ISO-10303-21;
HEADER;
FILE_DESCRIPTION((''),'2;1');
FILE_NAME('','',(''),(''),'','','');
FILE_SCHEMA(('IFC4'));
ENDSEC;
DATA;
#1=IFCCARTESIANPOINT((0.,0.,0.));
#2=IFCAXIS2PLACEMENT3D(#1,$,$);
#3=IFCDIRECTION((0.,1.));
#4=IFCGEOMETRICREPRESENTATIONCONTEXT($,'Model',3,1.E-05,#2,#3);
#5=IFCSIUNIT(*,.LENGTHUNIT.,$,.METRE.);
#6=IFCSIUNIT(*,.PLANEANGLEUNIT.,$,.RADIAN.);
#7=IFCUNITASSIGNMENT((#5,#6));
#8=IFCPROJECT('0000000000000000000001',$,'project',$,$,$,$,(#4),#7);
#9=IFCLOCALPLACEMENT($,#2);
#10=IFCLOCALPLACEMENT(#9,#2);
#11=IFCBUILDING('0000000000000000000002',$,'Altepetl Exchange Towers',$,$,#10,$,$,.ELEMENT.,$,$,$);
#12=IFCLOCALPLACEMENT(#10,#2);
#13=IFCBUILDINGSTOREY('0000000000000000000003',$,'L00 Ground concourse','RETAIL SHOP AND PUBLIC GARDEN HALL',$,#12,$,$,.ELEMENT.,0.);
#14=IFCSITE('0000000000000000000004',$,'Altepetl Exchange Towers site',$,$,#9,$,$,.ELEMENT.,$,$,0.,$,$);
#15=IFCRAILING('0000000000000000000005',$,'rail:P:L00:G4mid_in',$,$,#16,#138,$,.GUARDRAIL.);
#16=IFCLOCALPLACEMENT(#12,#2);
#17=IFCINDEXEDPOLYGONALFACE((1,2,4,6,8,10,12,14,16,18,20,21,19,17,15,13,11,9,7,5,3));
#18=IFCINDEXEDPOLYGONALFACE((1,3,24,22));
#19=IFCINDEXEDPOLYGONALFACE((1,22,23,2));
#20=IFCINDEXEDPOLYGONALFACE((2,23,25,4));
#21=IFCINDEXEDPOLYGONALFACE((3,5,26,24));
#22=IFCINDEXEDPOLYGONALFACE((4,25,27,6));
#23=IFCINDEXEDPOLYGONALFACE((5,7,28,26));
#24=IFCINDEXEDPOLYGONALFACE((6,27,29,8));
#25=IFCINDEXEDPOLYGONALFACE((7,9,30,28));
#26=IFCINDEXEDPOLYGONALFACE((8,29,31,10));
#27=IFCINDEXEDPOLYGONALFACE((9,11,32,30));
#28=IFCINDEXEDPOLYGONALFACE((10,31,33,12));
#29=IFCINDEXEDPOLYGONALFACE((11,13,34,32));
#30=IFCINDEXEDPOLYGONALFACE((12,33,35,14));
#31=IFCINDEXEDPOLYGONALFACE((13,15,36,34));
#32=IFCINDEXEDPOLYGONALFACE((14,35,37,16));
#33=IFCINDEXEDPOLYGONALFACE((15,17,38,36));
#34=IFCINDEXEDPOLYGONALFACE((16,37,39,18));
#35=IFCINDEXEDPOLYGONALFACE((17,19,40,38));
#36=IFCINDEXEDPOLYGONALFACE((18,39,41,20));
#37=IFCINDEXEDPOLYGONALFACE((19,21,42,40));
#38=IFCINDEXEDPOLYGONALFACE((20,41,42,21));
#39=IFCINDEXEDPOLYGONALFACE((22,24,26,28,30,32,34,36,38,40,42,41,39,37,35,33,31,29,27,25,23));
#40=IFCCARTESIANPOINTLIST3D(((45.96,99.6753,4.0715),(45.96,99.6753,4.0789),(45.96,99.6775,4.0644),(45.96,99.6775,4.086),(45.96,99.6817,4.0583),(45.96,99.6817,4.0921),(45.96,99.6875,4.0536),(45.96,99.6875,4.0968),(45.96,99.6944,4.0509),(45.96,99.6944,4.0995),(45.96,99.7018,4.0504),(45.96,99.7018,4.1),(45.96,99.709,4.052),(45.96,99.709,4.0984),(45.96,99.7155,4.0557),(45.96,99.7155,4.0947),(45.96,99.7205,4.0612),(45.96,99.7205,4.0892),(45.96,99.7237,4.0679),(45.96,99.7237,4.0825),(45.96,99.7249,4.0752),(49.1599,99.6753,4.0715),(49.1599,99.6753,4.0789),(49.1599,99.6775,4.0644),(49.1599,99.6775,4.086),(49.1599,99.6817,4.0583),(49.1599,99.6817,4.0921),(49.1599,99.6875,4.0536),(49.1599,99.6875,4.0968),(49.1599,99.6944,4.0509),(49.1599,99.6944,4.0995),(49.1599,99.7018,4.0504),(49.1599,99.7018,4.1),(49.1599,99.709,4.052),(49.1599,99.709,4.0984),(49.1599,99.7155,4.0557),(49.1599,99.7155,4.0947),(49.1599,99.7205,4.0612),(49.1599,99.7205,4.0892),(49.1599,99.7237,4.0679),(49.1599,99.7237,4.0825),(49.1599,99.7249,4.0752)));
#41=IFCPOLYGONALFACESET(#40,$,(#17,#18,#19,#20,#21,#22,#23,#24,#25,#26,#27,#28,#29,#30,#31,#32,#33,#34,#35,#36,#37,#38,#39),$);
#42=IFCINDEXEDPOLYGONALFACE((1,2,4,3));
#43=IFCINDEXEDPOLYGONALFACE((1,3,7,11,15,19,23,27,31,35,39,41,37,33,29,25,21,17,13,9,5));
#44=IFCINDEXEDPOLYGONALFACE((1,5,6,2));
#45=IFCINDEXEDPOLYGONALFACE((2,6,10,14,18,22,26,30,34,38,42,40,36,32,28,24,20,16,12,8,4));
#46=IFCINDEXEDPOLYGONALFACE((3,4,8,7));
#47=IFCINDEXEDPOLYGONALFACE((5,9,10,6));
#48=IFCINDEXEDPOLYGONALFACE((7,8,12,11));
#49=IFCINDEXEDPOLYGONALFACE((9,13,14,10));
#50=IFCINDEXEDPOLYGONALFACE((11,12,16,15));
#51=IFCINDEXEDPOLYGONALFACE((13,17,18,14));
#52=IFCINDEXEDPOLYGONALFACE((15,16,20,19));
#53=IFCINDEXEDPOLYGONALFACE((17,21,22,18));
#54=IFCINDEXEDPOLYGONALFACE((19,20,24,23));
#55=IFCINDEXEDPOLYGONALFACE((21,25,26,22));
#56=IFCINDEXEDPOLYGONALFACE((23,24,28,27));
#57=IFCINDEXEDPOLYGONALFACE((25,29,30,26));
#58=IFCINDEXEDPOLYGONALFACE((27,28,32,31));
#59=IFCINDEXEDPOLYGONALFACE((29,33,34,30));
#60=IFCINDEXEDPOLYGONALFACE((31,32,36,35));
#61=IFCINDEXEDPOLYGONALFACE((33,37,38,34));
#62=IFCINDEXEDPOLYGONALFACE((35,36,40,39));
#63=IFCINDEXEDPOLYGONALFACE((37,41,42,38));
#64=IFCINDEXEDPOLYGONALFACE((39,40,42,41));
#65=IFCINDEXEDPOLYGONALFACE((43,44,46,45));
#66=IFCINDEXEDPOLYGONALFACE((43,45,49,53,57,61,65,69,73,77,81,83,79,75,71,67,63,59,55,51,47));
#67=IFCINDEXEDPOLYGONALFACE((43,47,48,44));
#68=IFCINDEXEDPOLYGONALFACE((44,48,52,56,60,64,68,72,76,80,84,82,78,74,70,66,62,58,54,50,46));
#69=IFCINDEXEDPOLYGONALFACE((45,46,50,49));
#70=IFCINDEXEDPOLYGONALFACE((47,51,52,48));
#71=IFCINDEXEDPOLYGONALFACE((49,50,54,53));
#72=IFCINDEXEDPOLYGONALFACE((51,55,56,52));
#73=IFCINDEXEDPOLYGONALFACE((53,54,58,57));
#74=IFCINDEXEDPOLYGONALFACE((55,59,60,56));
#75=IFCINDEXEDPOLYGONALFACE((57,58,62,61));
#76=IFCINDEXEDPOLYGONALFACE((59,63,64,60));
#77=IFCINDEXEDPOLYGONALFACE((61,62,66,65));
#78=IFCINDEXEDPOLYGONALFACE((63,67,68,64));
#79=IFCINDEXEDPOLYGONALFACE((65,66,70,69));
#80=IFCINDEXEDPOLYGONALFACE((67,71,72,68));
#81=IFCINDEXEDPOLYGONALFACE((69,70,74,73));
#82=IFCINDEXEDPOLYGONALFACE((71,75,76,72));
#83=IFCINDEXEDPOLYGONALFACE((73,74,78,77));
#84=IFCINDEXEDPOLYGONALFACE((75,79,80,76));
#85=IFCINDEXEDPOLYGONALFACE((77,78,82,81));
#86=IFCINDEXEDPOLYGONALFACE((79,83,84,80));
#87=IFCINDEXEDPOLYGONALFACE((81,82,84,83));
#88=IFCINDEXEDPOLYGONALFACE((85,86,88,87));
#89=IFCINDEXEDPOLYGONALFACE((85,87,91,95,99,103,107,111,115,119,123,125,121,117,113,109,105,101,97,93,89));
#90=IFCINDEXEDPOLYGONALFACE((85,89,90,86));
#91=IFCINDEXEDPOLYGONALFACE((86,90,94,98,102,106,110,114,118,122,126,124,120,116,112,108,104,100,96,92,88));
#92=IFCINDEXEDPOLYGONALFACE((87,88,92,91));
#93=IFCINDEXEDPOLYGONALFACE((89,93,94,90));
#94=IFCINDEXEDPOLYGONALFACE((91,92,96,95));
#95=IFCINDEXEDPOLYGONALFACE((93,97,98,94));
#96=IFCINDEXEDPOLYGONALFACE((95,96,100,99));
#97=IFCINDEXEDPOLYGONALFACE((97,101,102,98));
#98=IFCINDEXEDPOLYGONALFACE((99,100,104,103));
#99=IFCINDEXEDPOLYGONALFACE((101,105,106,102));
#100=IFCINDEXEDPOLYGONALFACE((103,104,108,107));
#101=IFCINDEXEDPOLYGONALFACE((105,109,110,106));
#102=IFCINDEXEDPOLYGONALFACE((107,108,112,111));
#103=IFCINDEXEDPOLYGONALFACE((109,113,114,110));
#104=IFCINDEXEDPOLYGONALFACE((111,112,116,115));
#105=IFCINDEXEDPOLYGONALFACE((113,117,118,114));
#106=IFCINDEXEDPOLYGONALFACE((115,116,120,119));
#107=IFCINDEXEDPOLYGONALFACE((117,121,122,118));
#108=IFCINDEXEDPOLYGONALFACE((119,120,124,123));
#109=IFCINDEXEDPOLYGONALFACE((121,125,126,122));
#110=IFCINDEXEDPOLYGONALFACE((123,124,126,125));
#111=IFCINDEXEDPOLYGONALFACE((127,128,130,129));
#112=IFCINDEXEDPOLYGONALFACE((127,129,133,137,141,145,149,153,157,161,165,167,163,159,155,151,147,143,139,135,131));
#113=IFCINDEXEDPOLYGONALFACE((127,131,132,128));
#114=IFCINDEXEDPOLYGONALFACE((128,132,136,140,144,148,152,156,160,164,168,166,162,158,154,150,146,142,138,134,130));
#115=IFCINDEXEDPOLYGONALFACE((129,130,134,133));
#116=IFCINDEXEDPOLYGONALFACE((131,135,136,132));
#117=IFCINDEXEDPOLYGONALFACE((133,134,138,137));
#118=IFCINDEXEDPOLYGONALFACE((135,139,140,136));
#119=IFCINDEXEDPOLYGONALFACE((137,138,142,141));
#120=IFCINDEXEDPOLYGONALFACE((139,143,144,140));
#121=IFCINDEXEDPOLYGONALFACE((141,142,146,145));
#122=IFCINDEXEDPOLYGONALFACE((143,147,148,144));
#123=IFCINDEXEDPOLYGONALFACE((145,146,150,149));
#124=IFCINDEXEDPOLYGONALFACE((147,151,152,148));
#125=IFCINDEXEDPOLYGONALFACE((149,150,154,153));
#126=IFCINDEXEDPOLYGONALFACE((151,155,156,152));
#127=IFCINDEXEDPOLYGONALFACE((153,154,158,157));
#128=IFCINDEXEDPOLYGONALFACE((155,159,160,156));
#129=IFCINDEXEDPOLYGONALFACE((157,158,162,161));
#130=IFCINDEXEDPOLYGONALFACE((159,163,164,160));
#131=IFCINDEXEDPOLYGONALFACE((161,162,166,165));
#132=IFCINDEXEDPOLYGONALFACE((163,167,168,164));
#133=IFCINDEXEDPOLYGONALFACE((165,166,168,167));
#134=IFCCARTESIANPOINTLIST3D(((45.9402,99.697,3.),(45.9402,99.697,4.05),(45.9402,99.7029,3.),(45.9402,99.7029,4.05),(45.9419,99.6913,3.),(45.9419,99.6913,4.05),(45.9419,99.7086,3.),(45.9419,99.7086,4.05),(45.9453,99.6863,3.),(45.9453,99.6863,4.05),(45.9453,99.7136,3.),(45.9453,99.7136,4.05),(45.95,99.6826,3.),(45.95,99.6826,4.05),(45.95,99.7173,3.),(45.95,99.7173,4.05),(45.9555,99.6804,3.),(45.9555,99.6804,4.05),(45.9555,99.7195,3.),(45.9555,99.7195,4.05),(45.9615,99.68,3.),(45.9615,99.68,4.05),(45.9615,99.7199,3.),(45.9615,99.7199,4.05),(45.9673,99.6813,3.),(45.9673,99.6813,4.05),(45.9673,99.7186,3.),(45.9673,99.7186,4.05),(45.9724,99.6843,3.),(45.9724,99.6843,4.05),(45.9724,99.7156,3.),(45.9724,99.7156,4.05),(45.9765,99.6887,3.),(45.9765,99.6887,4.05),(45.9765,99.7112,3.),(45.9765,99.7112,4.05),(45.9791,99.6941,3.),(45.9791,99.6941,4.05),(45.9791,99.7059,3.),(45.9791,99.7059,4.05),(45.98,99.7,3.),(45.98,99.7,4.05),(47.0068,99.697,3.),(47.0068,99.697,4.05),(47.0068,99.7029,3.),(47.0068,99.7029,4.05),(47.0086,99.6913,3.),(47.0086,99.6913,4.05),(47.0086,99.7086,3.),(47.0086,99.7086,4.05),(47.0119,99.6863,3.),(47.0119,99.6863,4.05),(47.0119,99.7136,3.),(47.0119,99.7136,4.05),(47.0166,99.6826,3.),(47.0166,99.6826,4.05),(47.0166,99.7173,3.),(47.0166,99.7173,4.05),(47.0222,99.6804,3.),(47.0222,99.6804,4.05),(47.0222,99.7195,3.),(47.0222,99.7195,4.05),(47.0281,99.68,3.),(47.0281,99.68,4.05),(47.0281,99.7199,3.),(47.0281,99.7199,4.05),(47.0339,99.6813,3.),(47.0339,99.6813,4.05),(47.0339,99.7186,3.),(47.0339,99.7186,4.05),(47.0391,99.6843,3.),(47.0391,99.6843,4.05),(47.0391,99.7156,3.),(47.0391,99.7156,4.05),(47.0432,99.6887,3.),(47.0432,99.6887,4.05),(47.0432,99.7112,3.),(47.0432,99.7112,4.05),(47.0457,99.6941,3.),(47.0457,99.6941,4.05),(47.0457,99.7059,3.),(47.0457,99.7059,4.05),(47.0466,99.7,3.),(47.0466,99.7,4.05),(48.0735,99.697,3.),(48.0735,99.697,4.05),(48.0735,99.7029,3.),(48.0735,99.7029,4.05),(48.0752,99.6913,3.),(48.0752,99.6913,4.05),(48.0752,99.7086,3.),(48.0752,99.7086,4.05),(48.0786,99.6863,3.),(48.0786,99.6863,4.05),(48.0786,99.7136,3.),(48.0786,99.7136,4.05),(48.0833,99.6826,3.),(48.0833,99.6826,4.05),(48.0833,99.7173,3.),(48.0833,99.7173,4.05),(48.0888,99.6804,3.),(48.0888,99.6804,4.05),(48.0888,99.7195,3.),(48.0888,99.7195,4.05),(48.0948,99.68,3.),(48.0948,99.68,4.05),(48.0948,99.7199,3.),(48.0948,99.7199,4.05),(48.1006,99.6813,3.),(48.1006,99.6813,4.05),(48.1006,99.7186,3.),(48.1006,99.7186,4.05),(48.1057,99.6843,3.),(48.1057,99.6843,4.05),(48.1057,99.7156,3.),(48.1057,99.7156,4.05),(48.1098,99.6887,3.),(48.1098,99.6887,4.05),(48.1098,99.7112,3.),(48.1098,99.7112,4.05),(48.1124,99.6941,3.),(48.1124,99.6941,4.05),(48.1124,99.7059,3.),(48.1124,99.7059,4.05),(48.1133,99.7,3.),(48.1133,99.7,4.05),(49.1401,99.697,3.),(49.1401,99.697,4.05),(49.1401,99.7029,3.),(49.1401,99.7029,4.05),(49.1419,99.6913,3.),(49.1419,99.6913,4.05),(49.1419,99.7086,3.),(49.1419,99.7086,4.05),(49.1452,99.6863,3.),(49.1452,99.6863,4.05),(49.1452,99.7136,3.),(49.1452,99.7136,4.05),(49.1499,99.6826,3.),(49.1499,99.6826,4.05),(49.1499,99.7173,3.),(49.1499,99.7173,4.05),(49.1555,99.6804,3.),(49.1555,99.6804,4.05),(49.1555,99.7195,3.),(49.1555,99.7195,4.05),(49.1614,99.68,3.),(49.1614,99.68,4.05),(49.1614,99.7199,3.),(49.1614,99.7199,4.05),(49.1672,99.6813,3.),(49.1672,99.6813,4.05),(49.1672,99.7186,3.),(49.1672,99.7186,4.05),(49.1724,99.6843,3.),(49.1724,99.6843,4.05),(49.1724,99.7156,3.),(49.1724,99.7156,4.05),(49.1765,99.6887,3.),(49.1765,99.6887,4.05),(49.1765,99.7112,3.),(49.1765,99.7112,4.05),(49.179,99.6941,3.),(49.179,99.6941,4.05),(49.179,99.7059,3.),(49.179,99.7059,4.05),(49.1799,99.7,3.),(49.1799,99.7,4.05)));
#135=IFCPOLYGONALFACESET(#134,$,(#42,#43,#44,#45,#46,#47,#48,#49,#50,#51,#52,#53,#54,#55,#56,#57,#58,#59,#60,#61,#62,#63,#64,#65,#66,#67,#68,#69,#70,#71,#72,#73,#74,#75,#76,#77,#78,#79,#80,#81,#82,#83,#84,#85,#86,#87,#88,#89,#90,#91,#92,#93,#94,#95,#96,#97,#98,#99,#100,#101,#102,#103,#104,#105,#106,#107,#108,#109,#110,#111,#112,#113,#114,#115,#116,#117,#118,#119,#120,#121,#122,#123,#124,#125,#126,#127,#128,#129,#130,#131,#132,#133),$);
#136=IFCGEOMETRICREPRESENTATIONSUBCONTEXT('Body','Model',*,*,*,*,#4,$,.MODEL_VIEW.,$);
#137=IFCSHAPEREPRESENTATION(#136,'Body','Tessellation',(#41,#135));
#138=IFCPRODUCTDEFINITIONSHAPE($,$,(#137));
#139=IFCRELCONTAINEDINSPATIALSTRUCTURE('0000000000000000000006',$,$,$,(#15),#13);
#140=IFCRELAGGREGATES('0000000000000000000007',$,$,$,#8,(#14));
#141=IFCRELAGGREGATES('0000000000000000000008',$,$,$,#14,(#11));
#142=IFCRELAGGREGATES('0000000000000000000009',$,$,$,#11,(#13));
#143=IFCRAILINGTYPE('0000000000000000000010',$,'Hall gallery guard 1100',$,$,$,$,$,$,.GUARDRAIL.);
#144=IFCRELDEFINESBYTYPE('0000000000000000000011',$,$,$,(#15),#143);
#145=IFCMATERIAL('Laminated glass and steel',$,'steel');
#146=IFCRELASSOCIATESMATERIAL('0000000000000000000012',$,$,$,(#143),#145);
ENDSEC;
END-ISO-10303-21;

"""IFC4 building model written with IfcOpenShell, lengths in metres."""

from ifc_helpers import new_model, si_unit, direction, frame, origin, origin_2d, place, context, subcontext, project, spatial, circle, extrude, source, transform, mapped, material, type_object, element, save


model = new_model("IFC4")

# Units and contexts
model_context = context("Model", 3, precision=1e-05, world=origin(), true_north=direction((0.0, 1.0)))
body_context = subcontext(model_context, "Body", "Model", "MODEL_VIEW")
ifc_project = project(units=[si_unit("LENGTHUNIT", "METRE"), si_unit("PLANEANGLEUNIT", "RADIAN")], contexts=[model_context])

# Site, building, storey
site_placement = place(None, origin())
site = spatial("IfcSite", under=ifc_project, at=site_placement, Name="Altepetl Exchange Towers site", CompositionType="ELEMENT", RefElevation=0.0)
building_placement = place(site_placement, origin())
building = spatial("IfcBuilding", under=site, at=building_placement, Name="Altepetl Exchange Towers", CompositionType="ELEMENT")
storey_placement = place(building_placement, origin())
storey = spatial("IfcBuildingStorey", under=building, at=storey_placement, Name="L00 Ground concourse", Description="RETAIL SHOP AND PUBLIC GARDEN HALL", CompositionType="ELEMENT", Elevation=0.0)

# Railing
ifc_material_1 = material(Name="Laminated glass and steel", Category="steel")
railing_type_1 = type_object("IfcRailingType", Name="Hall gallery guard 1100", PredefinedType="GUARDRAIL", material=ifc_material_1)
shared_shape_1 = source(origin(), body_context, "Body", "SweptSolid", [
    extrude(circle(Radius=0.02, at=origin_2d()), origin(), (0.0, 0.0, 1.0), 1.05),
])
for number, where, name in (
    (1, (45.96, 99.7, 3.0), "rail:P:L00:G4mid_in"),
):
    element("IfcRailing", number, at=place(storey_placement, frame(where)), inside=storey, type_object=railing_type_1, Name=name, PredefinedType="GUARDRAIL", context=body_context, shape_type="SweptSolid", body=[
        extrude(circle(Radius=0.0249, at=origin_2d()), frame((0.0, 0.0, 1.0752), z_axis=(1.0, 0.0, 0.0), x_axis=(0.0, 1.0, 0.0)), (0.0, 0.0, 1.0), 3.2),
        mapped(shared_shape_1, transform((0.0, 0.0, 0.0))),
        mapped(shared_shape_1, transform((1.0667, 0.0, 0.0))),
        mapped(shared_shape_1, transform((2.1333, 0.0, 0.0))),
        mapped(shared_shape_1, transform((3.2, 0.0, 0.0))),
    ])

save(model, "model.ifc")
